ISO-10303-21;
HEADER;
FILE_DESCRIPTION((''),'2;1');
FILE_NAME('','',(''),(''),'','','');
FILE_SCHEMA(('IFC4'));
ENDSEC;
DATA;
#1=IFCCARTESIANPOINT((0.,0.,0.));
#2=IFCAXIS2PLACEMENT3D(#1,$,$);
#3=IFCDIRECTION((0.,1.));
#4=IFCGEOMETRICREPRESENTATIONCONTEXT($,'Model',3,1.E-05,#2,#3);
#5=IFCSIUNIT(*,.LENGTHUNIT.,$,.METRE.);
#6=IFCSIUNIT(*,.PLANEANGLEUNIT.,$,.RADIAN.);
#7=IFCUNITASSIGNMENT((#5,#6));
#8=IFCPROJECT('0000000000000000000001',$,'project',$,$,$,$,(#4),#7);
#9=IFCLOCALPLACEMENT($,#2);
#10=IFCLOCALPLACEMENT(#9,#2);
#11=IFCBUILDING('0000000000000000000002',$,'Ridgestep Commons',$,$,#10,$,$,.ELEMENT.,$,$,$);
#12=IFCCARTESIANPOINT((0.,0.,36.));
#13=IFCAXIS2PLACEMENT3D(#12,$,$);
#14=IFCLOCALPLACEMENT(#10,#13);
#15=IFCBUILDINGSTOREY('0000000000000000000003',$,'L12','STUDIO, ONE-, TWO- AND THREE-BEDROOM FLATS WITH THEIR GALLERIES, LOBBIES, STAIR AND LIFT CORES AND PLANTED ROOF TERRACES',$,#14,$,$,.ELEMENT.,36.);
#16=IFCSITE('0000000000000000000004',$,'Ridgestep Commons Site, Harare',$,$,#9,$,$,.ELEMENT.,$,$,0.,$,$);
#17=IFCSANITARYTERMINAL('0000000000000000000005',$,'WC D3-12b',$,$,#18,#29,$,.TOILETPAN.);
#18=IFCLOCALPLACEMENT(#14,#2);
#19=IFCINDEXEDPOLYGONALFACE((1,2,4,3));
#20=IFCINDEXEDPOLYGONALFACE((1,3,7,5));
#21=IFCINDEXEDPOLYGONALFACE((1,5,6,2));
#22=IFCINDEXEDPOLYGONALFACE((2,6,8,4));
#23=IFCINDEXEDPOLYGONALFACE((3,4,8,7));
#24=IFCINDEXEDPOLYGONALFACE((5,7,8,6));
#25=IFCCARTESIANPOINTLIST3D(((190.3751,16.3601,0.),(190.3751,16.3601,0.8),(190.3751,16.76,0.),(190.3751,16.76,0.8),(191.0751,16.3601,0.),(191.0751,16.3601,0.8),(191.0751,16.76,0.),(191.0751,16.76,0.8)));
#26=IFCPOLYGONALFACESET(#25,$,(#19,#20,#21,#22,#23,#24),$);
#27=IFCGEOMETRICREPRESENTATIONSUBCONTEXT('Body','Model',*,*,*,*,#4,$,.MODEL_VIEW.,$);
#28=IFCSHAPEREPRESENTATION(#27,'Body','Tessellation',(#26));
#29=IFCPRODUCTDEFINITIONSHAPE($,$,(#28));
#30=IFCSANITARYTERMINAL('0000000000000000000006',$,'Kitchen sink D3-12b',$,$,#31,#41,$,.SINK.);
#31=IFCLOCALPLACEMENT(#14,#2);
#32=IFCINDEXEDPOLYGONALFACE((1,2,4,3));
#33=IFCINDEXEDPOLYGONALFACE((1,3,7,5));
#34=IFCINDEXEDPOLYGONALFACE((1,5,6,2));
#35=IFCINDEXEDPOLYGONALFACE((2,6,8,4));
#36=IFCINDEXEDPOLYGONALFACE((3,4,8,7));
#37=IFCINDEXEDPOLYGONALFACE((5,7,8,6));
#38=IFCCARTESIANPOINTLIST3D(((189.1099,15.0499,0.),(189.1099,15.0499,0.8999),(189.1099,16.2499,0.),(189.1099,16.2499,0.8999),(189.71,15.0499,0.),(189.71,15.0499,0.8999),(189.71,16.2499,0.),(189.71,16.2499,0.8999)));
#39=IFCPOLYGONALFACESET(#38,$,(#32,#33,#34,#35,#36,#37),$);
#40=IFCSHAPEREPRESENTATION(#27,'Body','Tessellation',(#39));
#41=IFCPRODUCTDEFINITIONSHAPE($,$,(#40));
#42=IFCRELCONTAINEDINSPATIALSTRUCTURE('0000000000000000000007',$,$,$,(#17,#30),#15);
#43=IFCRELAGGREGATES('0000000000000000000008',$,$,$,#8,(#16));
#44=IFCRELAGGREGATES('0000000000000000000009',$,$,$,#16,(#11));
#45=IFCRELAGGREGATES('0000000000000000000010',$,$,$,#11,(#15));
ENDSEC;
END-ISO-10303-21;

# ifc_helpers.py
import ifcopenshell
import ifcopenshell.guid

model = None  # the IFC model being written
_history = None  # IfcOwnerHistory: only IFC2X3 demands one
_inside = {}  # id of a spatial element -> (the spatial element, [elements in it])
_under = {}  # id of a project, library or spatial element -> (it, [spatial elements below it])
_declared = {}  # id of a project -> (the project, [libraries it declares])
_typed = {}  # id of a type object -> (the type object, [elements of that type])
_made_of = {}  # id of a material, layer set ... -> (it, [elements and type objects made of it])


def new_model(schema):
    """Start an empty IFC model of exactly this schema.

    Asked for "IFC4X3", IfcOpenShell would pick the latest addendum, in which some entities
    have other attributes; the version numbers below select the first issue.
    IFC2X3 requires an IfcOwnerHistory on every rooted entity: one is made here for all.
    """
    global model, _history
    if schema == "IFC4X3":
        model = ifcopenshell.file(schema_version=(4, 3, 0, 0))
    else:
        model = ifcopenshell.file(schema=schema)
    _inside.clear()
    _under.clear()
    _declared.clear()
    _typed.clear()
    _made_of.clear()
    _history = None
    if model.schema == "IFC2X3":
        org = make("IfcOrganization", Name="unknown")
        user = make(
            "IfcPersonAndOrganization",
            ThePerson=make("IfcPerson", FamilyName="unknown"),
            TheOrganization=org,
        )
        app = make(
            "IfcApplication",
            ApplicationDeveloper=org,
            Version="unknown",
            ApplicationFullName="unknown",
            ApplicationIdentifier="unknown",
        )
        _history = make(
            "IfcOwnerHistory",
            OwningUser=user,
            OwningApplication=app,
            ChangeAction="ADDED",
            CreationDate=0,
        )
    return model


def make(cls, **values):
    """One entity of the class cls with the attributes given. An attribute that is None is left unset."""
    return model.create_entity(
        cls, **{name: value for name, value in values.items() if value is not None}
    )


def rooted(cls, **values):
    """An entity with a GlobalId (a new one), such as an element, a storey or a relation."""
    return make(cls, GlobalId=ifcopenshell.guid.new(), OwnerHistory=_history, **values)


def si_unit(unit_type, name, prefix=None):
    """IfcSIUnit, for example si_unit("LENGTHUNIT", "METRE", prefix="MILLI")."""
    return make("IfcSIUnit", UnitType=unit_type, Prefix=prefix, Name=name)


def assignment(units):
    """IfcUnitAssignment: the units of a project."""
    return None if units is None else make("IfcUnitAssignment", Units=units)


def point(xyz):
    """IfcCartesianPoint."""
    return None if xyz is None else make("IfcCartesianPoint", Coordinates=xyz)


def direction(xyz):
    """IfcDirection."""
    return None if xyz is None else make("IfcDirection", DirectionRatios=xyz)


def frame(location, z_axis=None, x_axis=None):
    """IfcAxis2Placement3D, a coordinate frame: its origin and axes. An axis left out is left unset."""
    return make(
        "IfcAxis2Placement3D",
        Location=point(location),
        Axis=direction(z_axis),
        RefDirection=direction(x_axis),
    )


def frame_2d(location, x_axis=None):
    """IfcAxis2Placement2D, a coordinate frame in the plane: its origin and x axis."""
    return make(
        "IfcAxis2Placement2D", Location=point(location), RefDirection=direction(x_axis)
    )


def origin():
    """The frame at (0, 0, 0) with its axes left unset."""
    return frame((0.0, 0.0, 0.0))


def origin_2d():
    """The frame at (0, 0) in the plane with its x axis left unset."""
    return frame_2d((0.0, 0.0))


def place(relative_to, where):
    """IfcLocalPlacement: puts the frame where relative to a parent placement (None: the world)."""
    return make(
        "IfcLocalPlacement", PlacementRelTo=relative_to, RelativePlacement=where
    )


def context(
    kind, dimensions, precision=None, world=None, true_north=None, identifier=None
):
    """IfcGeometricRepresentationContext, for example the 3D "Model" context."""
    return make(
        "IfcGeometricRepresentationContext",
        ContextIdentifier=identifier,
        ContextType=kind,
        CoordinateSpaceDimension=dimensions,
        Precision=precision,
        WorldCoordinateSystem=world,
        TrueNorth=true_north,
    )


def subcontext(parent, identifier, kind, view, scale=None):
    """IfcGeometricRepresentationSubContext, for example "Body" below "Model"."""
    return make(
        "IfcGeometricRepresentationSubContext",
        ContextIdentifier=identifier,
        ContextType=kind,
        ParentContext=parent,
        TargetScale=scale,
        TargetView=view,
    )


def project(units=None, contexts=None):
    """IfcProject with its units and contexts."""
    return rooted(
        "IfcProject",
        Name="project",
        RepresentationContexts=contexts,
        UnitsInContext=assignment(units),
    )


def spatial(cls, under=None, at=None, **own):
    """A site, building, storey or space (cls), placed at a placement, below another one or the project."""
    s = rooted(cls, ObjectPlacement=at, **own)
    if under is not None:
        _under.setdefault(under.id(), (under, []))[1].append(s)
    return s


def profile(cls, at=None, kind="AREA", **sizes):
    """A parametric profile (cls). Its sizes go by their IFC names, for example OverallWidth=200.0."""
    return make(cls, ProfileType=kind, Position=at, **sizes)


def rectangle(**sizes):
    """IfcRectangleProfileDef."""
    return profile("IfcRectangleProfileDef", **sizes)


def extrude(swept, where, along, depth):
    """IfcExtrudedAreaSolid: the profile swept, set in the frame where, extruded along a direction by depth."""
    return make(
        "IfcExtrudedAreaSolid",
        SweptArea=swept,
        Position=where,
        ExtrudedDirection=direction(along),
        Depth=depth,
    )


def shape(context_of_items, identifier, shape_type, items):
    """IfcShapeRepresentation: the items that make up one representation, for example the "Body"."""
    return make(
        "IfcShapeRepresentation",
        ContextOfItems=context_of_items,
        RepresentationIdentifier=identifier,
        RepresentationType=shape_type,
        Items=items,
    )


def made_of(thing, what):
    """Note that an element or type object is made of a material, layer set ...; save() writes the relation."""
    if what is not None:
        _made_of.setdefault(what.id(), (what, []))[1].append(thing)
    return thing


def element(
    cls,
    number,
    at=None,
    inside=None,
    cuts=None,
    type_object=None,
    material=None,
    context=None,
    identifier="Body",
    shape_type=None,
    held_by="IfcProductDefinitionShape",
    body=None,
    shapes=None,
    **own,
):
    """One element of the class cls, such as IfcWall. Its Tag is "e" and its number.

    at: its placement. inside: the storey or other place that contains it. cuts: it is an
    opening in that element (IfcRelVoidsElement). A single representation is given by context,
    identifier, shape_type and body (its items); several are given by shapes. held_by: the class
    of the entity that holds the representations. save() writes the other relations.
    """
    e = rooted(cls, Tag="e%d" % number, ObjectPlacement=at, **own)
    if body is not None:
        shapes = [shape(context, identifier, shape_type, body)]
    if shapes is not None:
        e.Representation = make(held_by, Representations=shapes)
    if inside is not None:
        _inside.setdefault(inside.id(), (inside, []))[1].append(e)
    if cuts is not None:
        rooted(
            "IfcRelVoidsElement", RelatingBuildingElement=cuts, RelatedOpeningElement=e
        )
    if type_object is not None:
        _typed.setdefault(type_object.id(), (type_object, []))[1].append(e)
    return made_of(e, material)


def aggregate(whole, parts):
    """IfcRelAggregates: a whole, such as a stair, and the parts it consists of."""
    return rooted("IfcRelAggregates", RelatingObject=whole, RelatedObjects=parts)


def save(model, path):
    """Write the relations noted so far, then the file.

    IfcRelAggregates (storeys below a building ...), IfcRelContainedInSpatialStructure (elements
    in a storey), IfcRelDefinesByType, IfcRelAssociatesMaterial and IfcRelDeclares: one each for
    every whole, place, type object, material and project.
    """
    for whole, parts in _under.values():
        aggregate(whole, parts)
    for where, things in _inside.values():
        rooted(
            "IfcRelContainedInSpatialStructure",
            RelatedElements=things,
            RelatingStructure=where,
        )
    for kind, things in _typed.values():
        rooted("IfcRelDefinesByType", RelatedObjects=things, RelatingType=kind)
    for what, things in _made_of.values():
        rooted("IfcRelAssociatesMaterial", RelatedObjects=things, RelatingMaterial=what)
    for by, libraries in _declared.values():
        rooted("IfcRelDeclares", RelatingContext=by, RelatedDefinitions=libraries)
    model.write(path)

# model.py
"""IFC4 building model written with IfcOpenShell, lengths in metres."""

from ifc_helpers import new_model, si_unit, direction, frame, origin, origin_2d, place, context, subcontext, project, spatial, rectangle, extrude, element, save


model = new_model("IFC4")

# Units and contexts
model_context = context("Model", 3, precision=1e-05, world=origin(), true_north=direction((0.0, 1.0)))
body_context = subcontext(model_context, "Body", "Model", "MODEL_VIEW")
ifc_project = project(units=[si_unit("LENGTHUNIT", "METRE"), si_unit("PLANEANGLEUNIT", "RADIAN")], contexts=[model_context])

# Site, building, storey
site_placement = place(None, origin())
site = spatial("IfcSite", under=ifc_project, at=site_placement, Name="Ridgestep Commons Site, Harare", CompositionType="ELEMENT", RefElevation=0.0)
building_placement = place(site_placement, origin())
building = spatial("IfcBuilding", under=site, at=building_placement, Name="Ridgestep Commons", CompositionType="ELEMENT")
storey_placement = place(building_placement, frame((0.0, 0.0, 36.0)))
storey = spatial("IfcBuildingStorey", under=building, at=storey_placement, Name="L12", Description="STUDIO, ONE-, TWO- AND THREE-BEDROOM FLATS WITH THEIR GALLERIES, LOBBIES, STAIR AND LIFT CORES AND PLANTED ROOF TERRACES", CompositionType="ELEMENT", Elevation=36.0)

# Sanitary terminals
sanitary_terminal_1_placement = place(storey_placement, frame((190.7251, 16.5601, 0.0), z_axis=(0.0, 0.0, 1.0), x_axis=(1.0, 0.0, 0.0)))
element("IfcSanitaryTerminal", 1, at=sanitary_terminal_1_placement, inside=storey, Name="WC D3-12b", PredefinedType="TOILETPAN", context=body_context, shape_type="SweptSolid", body=[
    extrude(rectangle(XDim=0.7, YDim=0.3999, at=origin_2d()), origin(), (0.0, 0.0, 1.0), 0.8),
])
sanitary_terminal_2_placement = place(storey_placement, frame((189.4099, 15.6499, 0.0), z_axis=(0.0, 0.0, 1.0), x_axis=(1.0, 0.0, 0.0)))
element("IfcSanitaryTerminal", 2, at=sanitary_terminal_2_placement, inside=storey, Name="Kitchen sink D3-12b", PredefinedType="SINK", context=body_context, shape_type="SweptSolid", body=[
    extrude(rectangle(XDim=0.6001, YDim=1.2, at=origin_2d()), origin(), (0.0, 0.0, 1.0), 0.8999),
])

save(model, "model.ifc")
